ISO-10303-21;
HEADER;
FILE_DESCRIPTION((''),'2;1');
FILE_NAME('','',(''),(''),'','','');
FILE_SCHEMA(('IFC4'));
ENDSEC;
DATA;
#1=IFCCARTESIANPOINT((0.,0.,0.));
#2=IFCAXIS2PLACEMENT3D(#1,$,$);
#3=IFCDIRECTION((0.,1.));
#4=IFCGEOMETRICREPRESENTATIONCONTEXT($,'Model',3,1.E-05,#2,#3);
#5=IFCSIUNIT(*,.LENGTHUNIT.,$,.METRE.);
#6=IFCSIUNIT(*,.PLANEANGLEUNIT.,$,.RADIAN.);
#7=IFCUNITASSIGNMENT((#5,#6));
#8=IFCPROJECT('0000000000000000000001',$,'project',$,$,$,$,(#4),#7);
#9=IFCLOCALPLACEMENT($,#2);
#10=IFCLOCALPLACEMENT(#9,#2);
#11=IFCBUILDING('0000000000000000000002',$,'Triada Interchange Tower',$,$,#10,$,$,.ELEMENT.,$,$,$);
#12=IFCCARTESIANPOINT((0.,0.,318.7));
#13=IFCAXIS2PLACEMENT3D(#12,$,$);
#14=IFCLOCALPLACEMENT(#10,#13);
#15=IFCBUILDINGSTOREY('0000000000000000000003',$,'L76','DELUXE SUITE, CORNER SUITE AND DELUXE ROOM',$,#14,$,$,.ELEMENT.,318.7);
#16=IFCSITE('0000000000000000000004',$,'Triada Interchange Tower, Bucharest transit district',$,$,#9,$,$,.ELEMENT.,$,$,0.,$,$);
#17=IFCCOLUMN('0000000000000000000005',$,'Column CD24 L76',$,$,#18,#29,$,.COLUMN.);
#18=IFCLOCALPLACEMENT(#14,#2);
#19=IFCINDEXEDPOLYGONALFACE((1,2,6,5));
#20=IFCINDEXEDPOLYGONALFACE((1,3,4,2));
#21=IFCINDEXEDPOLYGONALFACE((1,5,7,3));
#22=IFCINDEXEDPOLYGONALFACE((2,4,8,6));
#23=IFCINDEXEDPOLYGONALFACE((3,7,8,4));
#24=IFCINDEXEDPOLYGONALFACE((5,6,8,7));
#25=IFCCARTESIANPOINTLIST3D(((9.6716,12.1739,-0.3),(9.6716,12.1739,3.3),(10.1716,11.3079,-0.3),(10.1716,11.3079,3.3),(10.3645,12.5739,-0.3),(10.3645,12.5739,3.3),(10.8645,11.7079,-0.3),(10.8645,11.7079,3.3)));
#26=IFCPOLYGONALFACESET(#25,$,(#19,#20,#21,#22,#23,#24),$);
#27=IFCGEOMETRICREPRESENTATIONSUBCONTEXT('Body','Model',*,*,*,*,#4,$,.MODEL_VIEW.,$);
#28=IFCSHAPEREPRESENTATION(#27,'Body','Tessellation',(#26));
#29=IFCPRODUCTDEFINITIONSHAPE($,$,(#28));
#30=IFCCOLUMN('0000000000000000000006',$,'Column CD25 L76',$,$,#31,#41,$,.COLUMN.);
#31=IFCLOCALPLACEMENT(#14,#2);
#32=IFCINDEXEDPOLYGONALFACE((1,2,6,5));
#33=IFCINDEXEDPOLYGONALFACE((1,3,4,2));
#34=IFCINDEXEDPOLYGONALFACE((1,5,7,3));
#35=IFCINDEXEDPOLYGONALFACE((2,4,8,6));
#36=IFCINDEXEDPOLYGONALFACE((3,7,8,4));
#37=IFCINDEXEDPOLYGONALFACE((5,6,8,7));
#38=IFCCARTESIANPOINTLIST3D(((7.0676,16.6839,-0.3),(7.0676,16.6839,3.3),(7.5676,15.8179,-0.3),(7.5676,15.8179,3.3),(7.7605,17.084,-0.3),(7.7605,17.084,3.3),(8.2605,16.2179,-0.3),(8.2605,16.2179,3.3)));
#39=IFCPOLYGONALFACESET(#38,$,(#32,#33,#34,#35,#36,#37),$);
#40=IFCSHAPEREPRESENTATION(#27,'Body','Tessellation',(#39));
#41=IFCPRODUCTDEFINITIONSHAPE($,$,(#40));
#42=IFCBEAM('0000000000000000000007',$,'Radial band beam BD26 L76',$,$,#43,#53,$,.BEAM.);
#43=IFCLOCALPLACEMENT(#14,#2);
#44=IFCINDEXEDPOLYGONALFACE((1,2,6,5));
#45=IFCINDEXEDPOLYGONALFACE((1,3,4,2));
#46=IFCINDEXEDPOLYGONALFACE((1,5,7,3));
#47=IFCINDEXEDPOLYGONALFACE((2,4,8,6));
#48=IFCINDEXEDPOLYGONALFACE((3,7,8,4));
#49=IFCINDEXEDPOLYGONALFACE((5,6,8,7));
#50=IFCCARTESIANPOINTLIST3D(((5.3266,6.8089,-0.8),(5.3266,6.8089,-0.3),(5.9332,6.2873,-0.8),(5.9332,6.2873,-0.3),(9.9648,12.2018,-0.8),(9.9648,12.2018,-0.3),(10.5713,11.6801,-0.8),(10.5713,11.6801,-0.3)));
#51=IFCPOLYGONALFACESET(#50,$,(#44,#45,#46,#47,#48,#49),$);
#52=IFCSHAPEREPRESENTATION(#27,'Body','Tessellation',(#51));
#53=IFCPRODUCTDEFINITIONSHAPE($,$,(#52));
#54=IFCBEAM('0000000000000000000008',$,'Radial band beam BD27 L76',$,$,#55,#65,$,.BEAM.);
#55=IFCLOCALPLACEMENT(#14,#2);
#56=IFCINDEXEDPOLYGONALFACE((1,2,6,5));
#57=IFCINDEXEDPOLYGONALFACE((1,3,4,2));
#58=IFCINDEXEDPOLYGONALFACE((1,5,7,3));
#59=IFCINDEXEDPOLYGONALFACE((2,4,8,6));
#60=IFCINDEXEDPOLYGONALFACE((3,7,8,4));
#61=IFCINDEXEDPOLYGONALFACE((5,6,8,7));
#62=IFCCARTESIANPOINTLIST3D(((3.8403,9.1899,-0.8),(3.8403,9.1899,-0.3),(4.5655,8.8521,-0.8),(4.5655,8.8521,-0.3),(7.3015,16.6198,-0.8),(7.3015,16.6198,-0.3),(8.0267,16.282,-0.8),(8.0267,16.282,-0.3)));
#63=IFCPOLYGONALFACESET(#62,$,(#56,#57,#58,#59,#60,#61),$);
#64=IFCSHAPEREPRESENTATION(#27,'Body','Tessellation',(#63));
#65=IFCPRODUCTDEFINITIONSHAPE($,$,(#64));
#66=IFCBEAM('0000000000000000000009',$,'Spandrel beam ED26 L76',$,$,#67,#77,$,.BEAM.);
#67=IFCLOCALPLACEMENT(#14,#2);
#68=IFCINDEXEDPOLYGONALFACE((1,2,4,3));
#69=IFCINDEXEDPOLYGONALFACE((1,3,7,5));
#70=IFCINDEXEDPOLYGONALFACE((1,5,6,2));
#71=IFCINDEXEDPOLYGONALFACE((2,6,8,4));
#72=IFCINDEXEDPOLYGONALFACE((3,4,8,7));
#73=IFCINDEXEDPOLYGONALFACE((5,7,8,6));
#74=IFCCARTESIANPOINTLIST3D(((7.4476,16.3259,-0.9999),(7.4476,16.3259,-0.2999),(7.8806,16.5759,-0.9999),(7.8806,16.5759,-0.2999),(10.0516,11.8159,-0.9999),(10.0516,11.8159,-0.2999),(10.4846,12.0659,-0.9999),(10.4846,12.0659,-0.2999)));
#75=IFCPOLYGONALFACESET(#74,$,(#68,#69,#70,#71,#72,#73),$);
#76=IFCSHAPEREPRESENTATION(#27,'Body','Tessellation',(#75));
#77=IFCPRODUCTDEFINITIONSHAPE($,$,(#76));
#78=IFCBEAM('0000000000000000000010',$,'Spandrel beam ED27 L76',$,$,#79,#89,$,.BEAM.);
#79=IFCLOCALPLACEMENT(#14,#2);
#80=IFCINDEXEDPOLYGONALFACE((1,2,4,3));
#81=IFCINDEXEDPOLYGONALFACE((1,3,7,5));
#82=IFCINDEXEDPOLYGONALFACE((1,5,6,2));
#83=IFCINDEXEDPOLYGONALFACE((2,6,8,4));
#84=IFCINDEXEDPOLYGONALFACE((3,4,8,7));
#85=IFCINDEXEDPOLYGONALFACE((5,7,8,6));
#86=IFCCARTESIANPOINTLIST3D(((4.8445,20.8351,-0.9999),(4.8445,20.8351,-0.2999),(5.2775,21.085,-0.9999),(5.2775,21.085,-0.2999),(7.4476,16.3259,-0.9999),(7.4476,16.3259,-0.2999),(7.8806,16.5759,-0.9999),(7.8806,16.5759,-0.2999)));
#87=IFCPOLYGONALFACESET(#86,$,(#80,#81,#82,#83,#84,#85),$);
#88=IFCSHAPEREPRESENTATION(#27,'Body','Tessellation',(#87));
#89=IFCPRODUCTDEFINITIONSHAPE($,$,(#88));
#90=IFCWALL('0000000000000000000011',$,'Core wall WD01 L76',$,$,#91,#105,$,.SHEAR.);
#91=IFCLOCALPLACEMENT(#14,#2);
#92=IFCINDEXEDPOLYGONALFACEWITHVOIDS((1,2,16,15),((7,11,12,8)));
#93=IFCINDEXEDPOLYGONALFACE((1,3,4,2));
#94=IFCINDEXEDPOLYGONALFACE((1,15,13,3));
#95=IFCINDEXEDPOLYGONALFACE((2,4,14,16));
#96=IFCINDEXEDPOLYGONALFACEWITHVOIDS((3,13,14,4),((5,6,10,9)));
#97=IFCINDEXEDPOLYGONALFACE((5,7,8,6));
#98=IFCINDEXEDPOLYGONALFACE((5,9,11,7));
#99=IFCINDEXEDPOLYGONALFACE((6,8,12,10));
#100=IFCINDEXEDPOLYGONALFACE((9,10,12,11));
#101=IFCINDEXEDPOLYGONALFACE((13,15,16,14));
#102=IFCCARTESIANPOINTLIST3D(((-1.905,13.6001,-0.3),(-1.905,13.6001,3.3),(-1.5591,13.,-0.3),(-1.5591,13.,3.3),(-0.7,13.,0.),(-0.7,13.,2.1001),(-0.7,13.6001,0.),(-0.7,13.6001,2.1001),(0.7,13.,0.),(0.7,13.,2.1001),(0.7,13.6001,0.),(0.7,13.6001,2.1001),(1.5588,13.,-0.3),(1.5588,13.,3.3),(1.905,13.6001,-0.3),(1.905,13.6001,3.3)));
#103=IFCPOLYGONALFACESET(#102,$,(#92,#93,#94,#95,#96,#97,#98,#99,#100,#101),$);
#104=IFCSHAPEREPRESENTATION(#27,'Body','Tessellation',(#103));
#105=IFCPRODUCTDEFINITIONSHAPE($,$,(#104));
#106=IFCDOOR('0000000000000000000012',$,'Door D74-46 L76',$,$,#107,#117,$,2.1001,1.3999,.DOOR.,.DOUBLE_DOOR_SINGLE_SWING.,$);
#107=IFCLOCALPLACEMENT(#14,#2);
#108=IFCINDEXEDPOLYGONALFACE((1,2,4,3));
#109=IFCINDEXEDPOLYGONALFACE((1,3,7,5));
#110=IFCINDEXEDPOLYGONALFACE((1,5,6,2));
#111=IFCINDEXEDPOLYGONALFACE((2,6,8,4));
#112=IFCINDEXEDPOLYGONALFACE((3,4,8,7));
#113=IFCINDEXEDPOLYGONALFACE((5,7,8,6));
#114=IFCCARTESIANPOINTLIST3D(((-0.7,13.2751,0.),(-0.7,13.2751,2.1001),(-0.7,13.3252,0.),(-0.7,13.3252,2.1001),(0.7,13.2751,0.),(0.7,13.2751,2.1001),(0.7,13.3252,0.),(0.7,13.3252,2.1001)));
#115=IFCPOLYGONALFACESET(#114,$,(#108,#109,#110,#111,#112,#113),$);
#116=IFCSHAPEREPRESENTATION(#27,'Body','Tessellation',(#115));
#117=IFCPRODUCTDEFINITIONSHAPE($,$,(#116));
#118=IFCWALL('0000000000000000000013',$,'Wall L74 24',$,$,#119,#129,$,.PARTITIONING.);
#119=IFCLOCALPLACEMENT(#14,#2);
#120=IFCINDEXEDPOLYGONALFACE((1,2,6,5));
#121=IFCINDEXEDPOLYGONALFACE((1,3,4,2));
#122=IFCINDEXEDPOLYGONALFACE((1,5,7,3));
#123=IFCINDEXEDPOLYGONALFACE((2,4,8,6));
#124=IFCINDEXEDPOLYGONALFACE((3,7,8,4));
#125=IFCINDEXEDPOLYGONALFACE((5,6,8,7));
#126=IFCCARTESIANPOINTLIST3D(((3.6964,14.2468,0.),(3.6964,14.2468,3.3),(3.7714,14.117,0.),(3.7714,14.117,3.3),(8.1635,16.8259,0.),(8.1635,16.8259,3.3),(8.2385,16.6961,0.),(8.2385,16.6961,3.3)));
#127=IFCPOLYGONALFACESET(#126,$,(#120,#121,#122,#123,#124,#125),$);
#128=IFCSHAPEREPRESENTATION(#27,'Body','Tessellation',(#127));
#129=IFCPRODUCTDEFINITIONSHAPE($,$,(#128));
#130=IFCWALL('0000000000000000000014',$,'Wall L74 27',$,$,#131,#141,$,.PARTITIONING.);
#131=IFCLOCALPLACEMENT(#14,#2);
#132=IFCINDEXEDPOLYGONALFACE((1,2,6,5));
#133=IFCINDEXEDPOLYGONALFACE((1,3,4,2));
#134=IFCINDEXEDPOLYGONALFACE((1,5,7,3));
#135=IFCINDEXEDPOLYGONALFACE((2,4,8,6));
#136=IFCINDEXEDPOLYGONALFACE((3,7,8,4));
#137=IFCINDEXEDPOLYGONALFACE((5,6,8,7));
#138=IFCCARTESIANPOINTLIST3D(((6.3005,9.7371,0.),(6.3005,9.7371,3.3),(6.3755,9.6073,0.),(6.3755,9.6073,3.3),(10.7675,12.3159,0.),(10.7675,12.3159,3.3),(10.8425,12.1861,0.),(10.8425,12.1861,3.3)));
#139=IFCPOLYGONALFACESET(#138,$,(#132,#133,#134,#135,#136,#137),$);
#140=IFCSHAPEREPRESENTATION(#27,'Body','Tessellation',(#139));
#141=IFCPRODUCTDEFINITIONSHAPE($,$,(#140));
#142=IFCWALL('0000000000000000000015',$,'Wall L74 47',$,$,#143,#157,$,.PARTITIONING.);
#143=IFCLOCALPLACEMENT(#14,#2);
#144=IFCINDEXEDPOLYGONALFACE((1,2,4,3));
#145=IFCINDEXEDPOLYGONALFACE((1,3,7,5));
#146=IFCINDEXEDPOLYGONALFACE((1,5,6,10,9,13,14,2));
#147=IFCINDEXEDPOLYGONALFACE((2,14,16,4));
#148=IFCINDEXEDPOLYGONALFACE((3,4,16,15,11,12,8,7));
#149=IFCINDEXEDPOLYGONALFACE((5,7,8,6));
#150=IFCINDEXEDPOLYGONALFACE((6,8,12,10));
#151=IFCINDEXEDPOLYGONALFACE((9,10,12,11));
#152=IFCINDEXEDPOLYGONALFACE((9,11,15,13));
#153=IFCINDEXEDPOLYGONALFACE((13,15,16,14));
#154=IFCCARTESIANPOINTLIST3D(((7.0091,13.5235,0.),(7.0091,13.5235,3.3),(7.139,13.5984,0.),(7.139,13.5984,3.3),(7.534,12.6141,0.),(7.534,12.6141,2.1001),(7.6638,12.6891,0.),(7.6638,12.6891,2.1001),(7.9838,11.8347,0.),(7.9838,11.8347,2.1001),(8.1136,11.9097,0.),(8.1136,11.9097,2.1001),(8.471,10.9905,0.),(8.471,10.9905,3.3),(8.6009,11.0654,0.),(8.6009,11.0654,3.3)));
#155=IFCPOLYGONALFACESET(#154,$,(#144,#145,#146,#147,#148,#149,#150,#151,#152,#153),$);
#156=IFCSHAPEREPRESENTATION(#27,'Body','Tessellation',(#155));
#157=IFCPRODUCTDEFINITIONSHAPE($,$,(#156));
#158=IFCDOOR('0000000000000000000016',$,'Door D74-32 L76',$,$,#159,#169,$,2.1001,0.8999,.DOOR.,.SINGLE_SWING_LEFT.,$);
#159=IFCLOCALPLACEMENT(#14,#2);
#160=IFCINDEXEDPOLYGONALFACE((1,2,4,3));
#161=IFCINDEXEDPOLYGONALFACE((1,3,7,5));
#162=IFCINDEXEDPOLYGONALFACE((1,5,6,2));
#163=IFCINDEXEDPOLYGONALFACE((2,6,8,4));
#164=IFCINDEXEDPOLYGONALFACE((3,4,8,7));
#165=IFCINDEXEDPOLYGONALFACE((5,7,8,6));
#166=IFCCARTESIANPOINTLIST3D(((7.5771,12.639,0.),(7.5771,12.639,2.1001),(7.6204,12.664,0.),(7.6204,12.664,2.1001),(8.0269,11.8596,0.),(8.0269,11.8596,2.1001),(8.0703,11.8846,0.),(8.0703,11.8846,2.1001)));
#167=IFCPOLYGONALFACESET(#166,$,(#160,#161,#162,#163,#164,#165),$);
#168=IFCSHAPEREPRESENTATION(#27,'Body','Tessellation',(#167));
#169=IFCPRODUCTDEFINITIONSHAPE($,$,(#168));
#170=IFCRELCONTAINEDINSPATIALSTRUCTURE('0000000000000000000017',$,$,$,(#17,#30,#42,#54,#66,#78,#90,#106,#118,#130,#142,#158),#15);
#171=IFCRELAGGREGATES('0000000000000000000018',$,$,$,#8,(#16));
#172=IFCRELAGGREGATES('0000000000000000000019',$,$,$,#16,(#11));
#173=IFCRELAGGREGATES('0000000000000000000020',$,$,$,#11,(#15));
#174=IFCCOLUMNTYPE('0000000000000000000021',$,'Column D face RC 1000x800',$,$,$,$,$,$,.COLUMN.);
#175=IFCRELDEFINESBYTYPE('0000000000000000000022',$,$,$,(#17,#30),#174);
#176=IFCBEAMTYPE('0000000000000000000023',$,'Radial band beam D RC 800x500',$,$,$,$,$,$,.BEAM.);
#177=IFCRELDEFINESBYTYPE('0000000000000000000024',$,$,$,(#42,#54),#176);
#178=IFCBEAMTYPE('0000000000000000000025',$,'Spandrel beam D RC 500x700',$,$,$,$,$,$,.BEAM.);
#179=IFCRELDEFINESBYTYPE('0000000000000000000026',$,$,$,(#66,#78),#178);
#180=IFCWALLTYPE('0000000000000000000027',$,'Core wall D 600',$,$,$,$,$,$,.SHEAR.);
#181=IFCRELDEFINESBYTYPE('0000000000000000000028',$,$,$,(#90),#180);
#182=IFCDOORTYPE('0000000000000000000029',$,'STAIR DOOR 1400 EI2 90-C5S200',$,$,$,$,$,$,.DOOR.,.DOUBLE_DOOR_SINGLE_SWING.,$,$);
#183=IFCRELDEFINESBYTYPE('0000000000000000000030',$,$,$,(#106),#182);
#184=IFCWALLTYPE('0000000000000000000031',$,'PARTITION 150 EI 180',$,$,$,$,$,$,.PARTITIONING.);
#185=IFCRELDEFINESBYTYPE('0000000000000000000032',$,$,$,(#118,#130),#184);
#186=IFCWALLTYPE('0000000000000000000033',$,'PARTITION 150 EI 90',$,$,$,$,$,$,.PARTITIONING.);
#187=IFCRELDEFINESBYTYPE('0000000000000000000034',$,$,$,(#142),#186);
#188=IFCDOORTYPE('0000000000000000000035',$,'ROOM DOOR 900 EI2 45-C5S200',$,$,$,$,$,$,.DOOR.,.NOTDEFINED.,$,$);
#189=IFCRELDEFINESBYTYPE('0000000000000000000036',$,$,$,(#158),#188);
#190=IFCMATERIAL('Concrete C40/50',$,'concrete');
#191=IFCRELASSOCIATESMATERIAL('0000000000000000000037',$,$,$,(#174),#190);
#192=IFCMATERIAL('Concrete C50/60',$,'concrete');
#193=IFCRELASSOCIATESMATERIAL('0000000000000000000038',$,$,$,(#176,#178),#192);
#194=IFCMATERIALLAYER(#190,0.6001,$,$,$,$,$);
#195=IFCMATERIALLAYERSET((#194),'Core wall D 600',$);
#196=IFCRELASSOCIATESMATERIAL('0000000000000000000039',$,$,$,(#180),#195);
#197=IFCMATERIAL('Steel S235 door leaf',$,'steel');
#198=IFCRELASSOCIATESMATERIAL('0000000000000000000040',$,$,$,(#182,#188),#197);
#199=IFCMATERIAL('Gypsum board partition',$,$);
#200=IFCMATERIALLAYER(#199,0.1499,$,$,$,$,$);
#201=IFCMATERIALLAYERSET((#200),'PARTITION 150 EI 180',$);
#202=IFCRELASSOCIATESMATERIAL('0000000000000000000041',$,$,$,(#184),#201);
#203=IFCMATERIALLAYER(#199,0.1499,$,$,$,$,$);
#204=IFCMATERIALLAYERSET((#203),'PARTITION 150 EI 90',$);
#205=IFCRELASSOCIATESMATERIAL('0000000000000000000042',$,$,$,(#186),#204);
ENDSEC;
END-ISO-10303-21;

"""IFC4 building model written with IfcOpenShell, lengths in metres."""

from ifc_helpers import new_model, si_unit, direction, frame, frame_2d, origin, origin_2d, place, context, subcontext, project, spatial, polyline, rectangle, outline, extrude, material, layer, layer_set, material_profile, profile_set, type_object, element, fill, save


model = new_model("IFC4")

# Units and contexts
model_context = context("Model", 3, precision=1e-05, world=origin(), true_north=direction((0.0, 1.0)))
body_context = subcontext(model_context, "Body", "Model", "MODEL_VIEW")
ifc_project = project(units=[si_unit("LENGTHUNIT", "METRE"), si_unit("PLANEANGLEUNIT", "RADIAN")], contexts=[model_context])

# Site, building, storey
site_placement = place(None, origin())
site = spatial("IfcSite", under=ifc_project, at=site_placement, Name="Triada Interchange Tower, Bucharest transit district", CompositionType="ELEMENT", RefElevation=0.0)
building_placement = place(site_placement, origin())
building = spatial("IfcBuilding", under=site, at=building_placement, Name="Triada Interchange Tower", CompositionType="ELEMENT")
storey_placement = place(building_placement, frame((0.0, 0.0, 318.7)))
storey = spatial("IfcBuildingStorey", under=building, at=storey_placement, Name="L76", Description="DELUXE SUITE, CORNER SUITE AND DELUXE ROOM", CompositionType="ELEMENT", Elevation=318.7)

# Columns
ifc_material_1 = material(Name="Concrete C40/50", Category="concrete")
ifc_material_profile_1 = material_profile(ifc_material_1, rectangle(XDim=1.0, YDim=0.8, at=origin_2d()), Name="RC 1000x800")
ifc_profile_set_1 = profile_set([ifc_material_profile_1], Name="Concrete C40/50")
column_type = type_object("IfcColumnType", Name="Column D face RC 1000x800", PredefinedType="COLUMN", material=ifc_profile_set_1)
for number, where, z_axis, x_axis, name in (
    (1, (10.2681, 11.9409, -0.3), (0.0, 0.0, 1.0), (-0.5, 0.866025, 0.0), "Column CD24 L76"),
    (2, (7.6641, 16.4509, -0.3), (0.0, 0.0, 1.0), (-0.5, 0.866025, 0.0), "Column CD25 L76"),
):
    element("IfcColumn", number, at=place(storey_placement, frame(where, z_axis=z_axis, x_axis=x_axis)), inside=storey, type_object=column_type, Name=name, PredefinedType="COLUMN", context=body_context, shape_type="SweptSolid", body=[
        extrude(rectangle(XDim=1.0, YDim=0.8, at=origin_2d()), origin(), (0.0, 0.0, 1.0), 3.6001),
    ])

# Beams
ifc_material_2 = material(Name="Concrete C50/60", Category="concrete")
ifc_material_profile_2 = material_profile(ifc_material_2, rectangle(XDim=0.8, YDim=0.5, at=origin_2d()), Name="RC 800x500")
ifc_profile_set_2 = profile_set([ifc_material_profile_2], Name="Concrete C50/60")
beam_type_1 = type_object("IfcBeamType", Name="Radial band beam D RC 800x500", PredefinedType="BEAM", material=ifc_profile_set_2)
beam_1_placement = place(storey_placement, frame((10.2681, 11.9409, -0.55), z_axis=(-0.652068, -0.75816, 0.0), x_axis=(0.75816, -0.652068, 0.0)))
element("IfcBeam", 3, at=beam_1_placement, inside=storey, type_object=beam_type_1, Name="Radial band beam BD26 L76", PredefinedType="BEAM", context=body_context, shape_type="SweptSolid", body=[
    extrude(rectangle(XDim=0.8, YDim=0.5, at=origin_2d()), origin(), (0.0, 0.0, 1.0), 7.113),
])
beam_2_placement = place(storey_placement, frame((7.6641, 16.4509, -0.55), z_axis=(-0.422272, -0.906469, 0.0), x_axis=(0.906469, -0.422272, 0.0)))
element("IfcBeam", 4, at=beam_2_placement, inside=storey, type_object=beam_type_1, Name="Radial band beam BD27 L76", PredefinedType="BEAM", context=body_context, shape_type="SweptSolid", body=[
    extrude(rectangle(XDim=0.8, YDim=0.5, at=origin_2d()), origin(), (0.0, 0.0, 1.0), 8.1965),
])
ifc_material_profile_3 = material_profile(ifc_material_2, rectangle(XDim=0.5, YDim=0.7, at=origin_2d()), Name="RC 500x700")
ifc_profile_set_3 = profile_set([ifc_material_profile_3], Name="Concrete C50/60")
beam_type_2 = type_object("IfcBeamType", Name="Spandrel beam D RC 500x700", PredefinedType="BEAM", material=ifc_profile_set_3)
beam_3_placement = place(storey_placement, frame((10.2681, 11.9409, -0.6499), z_axis=(-0.500021, 0.866013, 0.0), x_axis=(-0.866013, -0.500021, 0.0)))
element("IfcBeam", 5, at=beam_3_placement, inside=storey, type_object=beam_type_2, Name="Spandrel beam ED26 L76", PredefinedType="BEAM", context=body_context, shape_type="SweptSolid", body=[
    extrude(rectangle(XDim=0.5, YDim=0.7, at=origin_2d()), origin(), (0.0, 0.0, 1.0), 5.2078),
])
beam_4_placement = place(storey_placement, frame((7.6641, 16.4509, -0.6499), z_axis=(-0.499962, 0.866047, 0.0), x_axis=(-0.866047, -0.499962, 0.0)))
element("IfcBeam", 6, at=beam_4_placement, inside=storey, type_object=beam_type_2, Name="Spandrel beam ED27 L76", PredefinedType="BEAM", context=body_context, shape_type="SweptSolid", body=[
    extrude(rectangle(XDim=0.5, YDim=0.7, at=origin_2d()), origin(), (0.0, 0.0, 1.0), 5.2065),
])

# Wall, opening, door
ifc_layer_1 = layer(ifc_material_1, 0.6001)
ifc_layer_set_1 = layer_set([ifc_layer_1], Name="Core wall D 600")
wall_type_1 = type_object("IfcWallType", Name="Core wall D 600", PredefinedType="SHEAR", material=ifc_layer_set_1)
wall_1_placement = place(storey_placement, frame((1.7319, 13.3, -0.3), z_axis=(0.0, 0.0, 1.0), x_axis=(-1.0, 0.0, 0.0)))
wall_1 = element("IfcWall", 7, at=wall_1_placement, inside=storey, type_object=wall_type_1, Name="Core wall WD01 L76", PredefinedType="SHEAR", context=body_context, shape_type="SweptSolid", body=[
    extrude(outline(polyline([(-0.1731, -0.3), (1.7319, -0.3), (3.637, -0.3), (3.291, 0.3), (1.7319, 0.3), (0.1731, 0.3), (-0.1731, -0.3)])), origin(), (0.0, 0.0, 1.0), 3.6001),
])
opening_1_placement = place(wall_1_placement, frame((1.032, 0.0, 0.3)))
opening_1 = element("IfcOpeningElement", 8, at=opening_1_placement, cuts=wall_1, PredefinedType="OPENING", context=body_context, shape_type="SweptSolid", body=[
    extrude(rectangle(XDim=1.3999, YDim=2.1001, at=frame_2d((0.7, 1.05))), frame((0.0, 0.3101, 0.0), z_axis=(0.0, -1.0, 0.0), x_axis=(1.0, 0.0, 0.0)), (0.0, 0.0, 1.0), 0.6201),
])
ifc_material_3 = material(Name="Steel S235 door leaf", Category="steel")
door_type_1 = type_object("IfcDoorType", Name="STAIR DOOR 1400 EI2 90-C5S200", OperationType="DOUBLE_DOOR_SINGLE_SWING", PredefinedType="DOOR", material=ifc_material_3)
door_1_placement = place(opening_1_placement, origin())
door_1 = element("IfcDoor", 9, at=door_1_placement, inside=storey, type_object=door_type_1, Name="Door D74-46 L76", OperationType="DOUBLE_DOOR_SINGLE_SWING", OverallHeight=2.1001, OverallWidth=1.3999, PredefinedType="DOOR", context=body_context, shape_type="SweptSolid", body=[
    extrude(rectangle(XDim=1.3999, YDim=2.1001, at=frame_2d((0.7, 1.05))), frame((0.0, 0.0249, 0.0), z_axis=(0.0, -1.0, 0.0), x_axis=(1.0, 0.0, 0.0)), (0.0, 0.0, 1.0), 0.05),
])
fill(opening_1, door_1)

# Walls
ifc_material_4 = material(Name="Gypsum board partition")
ifc_layer_2 = layer(ifc_material_4, 0.1499)
ifc_layer_set_2 = layer_set([ifc_layer_2], Name="PARTITION 150 EI 180")
wall_type_2 = type_object("IfcWallType", Name="PARTITION 150 EI 180", PredefinedType="PARTITIONING", material=ifc_layer_set_2)
wall_2_placement = place(storey_placement, frame((3.7339, 14.1819, 0.0), z_axis=(0.0, 0.0, 1.0), x_axis=(0.866021, 0.500008, 0.0)))
element("IfcWall", 10, at=wall_2_placement, inside=storey, type_object=wall_type_2, Name="Wall L74 24", PredefinedType="PARTITIONING", context=body_context, shape_type="SweptSolid", body=[
    extrude(rectangle(XDim=5.1582, YDim=0.1499, at=frame_2d((2.5791, 0.0))), origin(), (0.0, 0.0, 1.0), 3.3),
])
wall_3_placement = place(storey_placement, frame((6.3379, 9.6721, 0.0), z_axis=(0.0, 0.0, 1.0), x_axis=(0.866041, 0.499972, 0.0)))
element("IfcWall", 11, at=wall_3_placement, inside=storey, type_object=wall_type_2, Name="Wall L74 27", PredefinedType="PARTITIONING", context=body_context, shape_type="SweptSolid", body=[
    extrude(rectangle(XDim=5.158, YDim=0.1499, at=frame_2d((2.5791, 0.0))), origin(), (0.0, 0.0, 1.0), 3.3),
])

# Wall, opening, door
ifc_layer_3 = layer(ifc_material_4, 0.1499)
ifc_layer_set_3 = layer_set([ifc_layer_3], Name="PARTITION 150 EI 90")
wall_type_3 = type_object("IfcWallType", Name="PARTITION 150 EI 90", PredefinedType="PARTITIONING", material=ifc_layer_set_3)
wall_4_placement = place(storey_placement, frame((7.074, 13.561, 0.0), z_axis=(0.0, 0.0, 1.0), x_axis=(0.499874, -0.866098, 0.0)))
wall_4 = element("IfcWall", 12, at=wall_4_placement, inside=storey, type_object=wall_type_3, Name="Wall L74 47", PredefinedType="PARTITIONING", context=body_context, shape_type="SweptSolid", body=[
    extrude(rectangle(XDim=2.9246, YDim=0.1499, at=frame_2d((1.4624, 0.0))), origin(), (0.0, 0.0, 1.0), 3.3),
])
opening_2_placement = place(wall_4_placement, frame((1.05, 0.0, 0.0)))
opening_2 = element("IfcOpeningElement", 13, at=opening_2_placement, cuts=wall_4, PredefinedType="OPENING", context=body_context, shape_type="SweptSolid", body=[
    extrude(rectangle(XDim=0.8999, YDim=2.1001, at=frame_2d((0.45, 1.05))), frame((0.0, 0.085, 0.0), z_axis=(0.0, -1.0, 0.0), x_axis=(1.0, 0.0, 0.0)), (0.0, 0.0, 1.0), 0.1699),
])
door_type_2 = type_object("IfcDoorType", Name="ROOM DOOR 900 EI2 45-C5S200", OperationType="NOTDEFINED", PredefinedType="DOOR", material=ifc_material_3)
door_2_placement = place(opening_2_placement, origin())
door_2 = element("IfcDoor", 14, at=door_2_placement, inside=storey, type_object=door_type_2, Name="Door D74-32 L76", OperationType="SINGLE_SWING_LEFT", OverallHeight=2.1001, OverallWidth=0.8999, PredefinedType="DOOR", context=body_context, shape_type="SweptSolid", body=[
    extrude(rectangle(XDim=0.8999, YDim=2.1001, at=frame_2d((0.45, 1.05))), frame((0.0, 0.0249, 0.0), z_axis=(0.0, -1.0, 0.0), x_axis=(1.0, 0.0, 0.0)), (0.0, 0.0, 1.0), 0.05),
])
fill(opening_2, door_2)

save(model, "model.ifc")
